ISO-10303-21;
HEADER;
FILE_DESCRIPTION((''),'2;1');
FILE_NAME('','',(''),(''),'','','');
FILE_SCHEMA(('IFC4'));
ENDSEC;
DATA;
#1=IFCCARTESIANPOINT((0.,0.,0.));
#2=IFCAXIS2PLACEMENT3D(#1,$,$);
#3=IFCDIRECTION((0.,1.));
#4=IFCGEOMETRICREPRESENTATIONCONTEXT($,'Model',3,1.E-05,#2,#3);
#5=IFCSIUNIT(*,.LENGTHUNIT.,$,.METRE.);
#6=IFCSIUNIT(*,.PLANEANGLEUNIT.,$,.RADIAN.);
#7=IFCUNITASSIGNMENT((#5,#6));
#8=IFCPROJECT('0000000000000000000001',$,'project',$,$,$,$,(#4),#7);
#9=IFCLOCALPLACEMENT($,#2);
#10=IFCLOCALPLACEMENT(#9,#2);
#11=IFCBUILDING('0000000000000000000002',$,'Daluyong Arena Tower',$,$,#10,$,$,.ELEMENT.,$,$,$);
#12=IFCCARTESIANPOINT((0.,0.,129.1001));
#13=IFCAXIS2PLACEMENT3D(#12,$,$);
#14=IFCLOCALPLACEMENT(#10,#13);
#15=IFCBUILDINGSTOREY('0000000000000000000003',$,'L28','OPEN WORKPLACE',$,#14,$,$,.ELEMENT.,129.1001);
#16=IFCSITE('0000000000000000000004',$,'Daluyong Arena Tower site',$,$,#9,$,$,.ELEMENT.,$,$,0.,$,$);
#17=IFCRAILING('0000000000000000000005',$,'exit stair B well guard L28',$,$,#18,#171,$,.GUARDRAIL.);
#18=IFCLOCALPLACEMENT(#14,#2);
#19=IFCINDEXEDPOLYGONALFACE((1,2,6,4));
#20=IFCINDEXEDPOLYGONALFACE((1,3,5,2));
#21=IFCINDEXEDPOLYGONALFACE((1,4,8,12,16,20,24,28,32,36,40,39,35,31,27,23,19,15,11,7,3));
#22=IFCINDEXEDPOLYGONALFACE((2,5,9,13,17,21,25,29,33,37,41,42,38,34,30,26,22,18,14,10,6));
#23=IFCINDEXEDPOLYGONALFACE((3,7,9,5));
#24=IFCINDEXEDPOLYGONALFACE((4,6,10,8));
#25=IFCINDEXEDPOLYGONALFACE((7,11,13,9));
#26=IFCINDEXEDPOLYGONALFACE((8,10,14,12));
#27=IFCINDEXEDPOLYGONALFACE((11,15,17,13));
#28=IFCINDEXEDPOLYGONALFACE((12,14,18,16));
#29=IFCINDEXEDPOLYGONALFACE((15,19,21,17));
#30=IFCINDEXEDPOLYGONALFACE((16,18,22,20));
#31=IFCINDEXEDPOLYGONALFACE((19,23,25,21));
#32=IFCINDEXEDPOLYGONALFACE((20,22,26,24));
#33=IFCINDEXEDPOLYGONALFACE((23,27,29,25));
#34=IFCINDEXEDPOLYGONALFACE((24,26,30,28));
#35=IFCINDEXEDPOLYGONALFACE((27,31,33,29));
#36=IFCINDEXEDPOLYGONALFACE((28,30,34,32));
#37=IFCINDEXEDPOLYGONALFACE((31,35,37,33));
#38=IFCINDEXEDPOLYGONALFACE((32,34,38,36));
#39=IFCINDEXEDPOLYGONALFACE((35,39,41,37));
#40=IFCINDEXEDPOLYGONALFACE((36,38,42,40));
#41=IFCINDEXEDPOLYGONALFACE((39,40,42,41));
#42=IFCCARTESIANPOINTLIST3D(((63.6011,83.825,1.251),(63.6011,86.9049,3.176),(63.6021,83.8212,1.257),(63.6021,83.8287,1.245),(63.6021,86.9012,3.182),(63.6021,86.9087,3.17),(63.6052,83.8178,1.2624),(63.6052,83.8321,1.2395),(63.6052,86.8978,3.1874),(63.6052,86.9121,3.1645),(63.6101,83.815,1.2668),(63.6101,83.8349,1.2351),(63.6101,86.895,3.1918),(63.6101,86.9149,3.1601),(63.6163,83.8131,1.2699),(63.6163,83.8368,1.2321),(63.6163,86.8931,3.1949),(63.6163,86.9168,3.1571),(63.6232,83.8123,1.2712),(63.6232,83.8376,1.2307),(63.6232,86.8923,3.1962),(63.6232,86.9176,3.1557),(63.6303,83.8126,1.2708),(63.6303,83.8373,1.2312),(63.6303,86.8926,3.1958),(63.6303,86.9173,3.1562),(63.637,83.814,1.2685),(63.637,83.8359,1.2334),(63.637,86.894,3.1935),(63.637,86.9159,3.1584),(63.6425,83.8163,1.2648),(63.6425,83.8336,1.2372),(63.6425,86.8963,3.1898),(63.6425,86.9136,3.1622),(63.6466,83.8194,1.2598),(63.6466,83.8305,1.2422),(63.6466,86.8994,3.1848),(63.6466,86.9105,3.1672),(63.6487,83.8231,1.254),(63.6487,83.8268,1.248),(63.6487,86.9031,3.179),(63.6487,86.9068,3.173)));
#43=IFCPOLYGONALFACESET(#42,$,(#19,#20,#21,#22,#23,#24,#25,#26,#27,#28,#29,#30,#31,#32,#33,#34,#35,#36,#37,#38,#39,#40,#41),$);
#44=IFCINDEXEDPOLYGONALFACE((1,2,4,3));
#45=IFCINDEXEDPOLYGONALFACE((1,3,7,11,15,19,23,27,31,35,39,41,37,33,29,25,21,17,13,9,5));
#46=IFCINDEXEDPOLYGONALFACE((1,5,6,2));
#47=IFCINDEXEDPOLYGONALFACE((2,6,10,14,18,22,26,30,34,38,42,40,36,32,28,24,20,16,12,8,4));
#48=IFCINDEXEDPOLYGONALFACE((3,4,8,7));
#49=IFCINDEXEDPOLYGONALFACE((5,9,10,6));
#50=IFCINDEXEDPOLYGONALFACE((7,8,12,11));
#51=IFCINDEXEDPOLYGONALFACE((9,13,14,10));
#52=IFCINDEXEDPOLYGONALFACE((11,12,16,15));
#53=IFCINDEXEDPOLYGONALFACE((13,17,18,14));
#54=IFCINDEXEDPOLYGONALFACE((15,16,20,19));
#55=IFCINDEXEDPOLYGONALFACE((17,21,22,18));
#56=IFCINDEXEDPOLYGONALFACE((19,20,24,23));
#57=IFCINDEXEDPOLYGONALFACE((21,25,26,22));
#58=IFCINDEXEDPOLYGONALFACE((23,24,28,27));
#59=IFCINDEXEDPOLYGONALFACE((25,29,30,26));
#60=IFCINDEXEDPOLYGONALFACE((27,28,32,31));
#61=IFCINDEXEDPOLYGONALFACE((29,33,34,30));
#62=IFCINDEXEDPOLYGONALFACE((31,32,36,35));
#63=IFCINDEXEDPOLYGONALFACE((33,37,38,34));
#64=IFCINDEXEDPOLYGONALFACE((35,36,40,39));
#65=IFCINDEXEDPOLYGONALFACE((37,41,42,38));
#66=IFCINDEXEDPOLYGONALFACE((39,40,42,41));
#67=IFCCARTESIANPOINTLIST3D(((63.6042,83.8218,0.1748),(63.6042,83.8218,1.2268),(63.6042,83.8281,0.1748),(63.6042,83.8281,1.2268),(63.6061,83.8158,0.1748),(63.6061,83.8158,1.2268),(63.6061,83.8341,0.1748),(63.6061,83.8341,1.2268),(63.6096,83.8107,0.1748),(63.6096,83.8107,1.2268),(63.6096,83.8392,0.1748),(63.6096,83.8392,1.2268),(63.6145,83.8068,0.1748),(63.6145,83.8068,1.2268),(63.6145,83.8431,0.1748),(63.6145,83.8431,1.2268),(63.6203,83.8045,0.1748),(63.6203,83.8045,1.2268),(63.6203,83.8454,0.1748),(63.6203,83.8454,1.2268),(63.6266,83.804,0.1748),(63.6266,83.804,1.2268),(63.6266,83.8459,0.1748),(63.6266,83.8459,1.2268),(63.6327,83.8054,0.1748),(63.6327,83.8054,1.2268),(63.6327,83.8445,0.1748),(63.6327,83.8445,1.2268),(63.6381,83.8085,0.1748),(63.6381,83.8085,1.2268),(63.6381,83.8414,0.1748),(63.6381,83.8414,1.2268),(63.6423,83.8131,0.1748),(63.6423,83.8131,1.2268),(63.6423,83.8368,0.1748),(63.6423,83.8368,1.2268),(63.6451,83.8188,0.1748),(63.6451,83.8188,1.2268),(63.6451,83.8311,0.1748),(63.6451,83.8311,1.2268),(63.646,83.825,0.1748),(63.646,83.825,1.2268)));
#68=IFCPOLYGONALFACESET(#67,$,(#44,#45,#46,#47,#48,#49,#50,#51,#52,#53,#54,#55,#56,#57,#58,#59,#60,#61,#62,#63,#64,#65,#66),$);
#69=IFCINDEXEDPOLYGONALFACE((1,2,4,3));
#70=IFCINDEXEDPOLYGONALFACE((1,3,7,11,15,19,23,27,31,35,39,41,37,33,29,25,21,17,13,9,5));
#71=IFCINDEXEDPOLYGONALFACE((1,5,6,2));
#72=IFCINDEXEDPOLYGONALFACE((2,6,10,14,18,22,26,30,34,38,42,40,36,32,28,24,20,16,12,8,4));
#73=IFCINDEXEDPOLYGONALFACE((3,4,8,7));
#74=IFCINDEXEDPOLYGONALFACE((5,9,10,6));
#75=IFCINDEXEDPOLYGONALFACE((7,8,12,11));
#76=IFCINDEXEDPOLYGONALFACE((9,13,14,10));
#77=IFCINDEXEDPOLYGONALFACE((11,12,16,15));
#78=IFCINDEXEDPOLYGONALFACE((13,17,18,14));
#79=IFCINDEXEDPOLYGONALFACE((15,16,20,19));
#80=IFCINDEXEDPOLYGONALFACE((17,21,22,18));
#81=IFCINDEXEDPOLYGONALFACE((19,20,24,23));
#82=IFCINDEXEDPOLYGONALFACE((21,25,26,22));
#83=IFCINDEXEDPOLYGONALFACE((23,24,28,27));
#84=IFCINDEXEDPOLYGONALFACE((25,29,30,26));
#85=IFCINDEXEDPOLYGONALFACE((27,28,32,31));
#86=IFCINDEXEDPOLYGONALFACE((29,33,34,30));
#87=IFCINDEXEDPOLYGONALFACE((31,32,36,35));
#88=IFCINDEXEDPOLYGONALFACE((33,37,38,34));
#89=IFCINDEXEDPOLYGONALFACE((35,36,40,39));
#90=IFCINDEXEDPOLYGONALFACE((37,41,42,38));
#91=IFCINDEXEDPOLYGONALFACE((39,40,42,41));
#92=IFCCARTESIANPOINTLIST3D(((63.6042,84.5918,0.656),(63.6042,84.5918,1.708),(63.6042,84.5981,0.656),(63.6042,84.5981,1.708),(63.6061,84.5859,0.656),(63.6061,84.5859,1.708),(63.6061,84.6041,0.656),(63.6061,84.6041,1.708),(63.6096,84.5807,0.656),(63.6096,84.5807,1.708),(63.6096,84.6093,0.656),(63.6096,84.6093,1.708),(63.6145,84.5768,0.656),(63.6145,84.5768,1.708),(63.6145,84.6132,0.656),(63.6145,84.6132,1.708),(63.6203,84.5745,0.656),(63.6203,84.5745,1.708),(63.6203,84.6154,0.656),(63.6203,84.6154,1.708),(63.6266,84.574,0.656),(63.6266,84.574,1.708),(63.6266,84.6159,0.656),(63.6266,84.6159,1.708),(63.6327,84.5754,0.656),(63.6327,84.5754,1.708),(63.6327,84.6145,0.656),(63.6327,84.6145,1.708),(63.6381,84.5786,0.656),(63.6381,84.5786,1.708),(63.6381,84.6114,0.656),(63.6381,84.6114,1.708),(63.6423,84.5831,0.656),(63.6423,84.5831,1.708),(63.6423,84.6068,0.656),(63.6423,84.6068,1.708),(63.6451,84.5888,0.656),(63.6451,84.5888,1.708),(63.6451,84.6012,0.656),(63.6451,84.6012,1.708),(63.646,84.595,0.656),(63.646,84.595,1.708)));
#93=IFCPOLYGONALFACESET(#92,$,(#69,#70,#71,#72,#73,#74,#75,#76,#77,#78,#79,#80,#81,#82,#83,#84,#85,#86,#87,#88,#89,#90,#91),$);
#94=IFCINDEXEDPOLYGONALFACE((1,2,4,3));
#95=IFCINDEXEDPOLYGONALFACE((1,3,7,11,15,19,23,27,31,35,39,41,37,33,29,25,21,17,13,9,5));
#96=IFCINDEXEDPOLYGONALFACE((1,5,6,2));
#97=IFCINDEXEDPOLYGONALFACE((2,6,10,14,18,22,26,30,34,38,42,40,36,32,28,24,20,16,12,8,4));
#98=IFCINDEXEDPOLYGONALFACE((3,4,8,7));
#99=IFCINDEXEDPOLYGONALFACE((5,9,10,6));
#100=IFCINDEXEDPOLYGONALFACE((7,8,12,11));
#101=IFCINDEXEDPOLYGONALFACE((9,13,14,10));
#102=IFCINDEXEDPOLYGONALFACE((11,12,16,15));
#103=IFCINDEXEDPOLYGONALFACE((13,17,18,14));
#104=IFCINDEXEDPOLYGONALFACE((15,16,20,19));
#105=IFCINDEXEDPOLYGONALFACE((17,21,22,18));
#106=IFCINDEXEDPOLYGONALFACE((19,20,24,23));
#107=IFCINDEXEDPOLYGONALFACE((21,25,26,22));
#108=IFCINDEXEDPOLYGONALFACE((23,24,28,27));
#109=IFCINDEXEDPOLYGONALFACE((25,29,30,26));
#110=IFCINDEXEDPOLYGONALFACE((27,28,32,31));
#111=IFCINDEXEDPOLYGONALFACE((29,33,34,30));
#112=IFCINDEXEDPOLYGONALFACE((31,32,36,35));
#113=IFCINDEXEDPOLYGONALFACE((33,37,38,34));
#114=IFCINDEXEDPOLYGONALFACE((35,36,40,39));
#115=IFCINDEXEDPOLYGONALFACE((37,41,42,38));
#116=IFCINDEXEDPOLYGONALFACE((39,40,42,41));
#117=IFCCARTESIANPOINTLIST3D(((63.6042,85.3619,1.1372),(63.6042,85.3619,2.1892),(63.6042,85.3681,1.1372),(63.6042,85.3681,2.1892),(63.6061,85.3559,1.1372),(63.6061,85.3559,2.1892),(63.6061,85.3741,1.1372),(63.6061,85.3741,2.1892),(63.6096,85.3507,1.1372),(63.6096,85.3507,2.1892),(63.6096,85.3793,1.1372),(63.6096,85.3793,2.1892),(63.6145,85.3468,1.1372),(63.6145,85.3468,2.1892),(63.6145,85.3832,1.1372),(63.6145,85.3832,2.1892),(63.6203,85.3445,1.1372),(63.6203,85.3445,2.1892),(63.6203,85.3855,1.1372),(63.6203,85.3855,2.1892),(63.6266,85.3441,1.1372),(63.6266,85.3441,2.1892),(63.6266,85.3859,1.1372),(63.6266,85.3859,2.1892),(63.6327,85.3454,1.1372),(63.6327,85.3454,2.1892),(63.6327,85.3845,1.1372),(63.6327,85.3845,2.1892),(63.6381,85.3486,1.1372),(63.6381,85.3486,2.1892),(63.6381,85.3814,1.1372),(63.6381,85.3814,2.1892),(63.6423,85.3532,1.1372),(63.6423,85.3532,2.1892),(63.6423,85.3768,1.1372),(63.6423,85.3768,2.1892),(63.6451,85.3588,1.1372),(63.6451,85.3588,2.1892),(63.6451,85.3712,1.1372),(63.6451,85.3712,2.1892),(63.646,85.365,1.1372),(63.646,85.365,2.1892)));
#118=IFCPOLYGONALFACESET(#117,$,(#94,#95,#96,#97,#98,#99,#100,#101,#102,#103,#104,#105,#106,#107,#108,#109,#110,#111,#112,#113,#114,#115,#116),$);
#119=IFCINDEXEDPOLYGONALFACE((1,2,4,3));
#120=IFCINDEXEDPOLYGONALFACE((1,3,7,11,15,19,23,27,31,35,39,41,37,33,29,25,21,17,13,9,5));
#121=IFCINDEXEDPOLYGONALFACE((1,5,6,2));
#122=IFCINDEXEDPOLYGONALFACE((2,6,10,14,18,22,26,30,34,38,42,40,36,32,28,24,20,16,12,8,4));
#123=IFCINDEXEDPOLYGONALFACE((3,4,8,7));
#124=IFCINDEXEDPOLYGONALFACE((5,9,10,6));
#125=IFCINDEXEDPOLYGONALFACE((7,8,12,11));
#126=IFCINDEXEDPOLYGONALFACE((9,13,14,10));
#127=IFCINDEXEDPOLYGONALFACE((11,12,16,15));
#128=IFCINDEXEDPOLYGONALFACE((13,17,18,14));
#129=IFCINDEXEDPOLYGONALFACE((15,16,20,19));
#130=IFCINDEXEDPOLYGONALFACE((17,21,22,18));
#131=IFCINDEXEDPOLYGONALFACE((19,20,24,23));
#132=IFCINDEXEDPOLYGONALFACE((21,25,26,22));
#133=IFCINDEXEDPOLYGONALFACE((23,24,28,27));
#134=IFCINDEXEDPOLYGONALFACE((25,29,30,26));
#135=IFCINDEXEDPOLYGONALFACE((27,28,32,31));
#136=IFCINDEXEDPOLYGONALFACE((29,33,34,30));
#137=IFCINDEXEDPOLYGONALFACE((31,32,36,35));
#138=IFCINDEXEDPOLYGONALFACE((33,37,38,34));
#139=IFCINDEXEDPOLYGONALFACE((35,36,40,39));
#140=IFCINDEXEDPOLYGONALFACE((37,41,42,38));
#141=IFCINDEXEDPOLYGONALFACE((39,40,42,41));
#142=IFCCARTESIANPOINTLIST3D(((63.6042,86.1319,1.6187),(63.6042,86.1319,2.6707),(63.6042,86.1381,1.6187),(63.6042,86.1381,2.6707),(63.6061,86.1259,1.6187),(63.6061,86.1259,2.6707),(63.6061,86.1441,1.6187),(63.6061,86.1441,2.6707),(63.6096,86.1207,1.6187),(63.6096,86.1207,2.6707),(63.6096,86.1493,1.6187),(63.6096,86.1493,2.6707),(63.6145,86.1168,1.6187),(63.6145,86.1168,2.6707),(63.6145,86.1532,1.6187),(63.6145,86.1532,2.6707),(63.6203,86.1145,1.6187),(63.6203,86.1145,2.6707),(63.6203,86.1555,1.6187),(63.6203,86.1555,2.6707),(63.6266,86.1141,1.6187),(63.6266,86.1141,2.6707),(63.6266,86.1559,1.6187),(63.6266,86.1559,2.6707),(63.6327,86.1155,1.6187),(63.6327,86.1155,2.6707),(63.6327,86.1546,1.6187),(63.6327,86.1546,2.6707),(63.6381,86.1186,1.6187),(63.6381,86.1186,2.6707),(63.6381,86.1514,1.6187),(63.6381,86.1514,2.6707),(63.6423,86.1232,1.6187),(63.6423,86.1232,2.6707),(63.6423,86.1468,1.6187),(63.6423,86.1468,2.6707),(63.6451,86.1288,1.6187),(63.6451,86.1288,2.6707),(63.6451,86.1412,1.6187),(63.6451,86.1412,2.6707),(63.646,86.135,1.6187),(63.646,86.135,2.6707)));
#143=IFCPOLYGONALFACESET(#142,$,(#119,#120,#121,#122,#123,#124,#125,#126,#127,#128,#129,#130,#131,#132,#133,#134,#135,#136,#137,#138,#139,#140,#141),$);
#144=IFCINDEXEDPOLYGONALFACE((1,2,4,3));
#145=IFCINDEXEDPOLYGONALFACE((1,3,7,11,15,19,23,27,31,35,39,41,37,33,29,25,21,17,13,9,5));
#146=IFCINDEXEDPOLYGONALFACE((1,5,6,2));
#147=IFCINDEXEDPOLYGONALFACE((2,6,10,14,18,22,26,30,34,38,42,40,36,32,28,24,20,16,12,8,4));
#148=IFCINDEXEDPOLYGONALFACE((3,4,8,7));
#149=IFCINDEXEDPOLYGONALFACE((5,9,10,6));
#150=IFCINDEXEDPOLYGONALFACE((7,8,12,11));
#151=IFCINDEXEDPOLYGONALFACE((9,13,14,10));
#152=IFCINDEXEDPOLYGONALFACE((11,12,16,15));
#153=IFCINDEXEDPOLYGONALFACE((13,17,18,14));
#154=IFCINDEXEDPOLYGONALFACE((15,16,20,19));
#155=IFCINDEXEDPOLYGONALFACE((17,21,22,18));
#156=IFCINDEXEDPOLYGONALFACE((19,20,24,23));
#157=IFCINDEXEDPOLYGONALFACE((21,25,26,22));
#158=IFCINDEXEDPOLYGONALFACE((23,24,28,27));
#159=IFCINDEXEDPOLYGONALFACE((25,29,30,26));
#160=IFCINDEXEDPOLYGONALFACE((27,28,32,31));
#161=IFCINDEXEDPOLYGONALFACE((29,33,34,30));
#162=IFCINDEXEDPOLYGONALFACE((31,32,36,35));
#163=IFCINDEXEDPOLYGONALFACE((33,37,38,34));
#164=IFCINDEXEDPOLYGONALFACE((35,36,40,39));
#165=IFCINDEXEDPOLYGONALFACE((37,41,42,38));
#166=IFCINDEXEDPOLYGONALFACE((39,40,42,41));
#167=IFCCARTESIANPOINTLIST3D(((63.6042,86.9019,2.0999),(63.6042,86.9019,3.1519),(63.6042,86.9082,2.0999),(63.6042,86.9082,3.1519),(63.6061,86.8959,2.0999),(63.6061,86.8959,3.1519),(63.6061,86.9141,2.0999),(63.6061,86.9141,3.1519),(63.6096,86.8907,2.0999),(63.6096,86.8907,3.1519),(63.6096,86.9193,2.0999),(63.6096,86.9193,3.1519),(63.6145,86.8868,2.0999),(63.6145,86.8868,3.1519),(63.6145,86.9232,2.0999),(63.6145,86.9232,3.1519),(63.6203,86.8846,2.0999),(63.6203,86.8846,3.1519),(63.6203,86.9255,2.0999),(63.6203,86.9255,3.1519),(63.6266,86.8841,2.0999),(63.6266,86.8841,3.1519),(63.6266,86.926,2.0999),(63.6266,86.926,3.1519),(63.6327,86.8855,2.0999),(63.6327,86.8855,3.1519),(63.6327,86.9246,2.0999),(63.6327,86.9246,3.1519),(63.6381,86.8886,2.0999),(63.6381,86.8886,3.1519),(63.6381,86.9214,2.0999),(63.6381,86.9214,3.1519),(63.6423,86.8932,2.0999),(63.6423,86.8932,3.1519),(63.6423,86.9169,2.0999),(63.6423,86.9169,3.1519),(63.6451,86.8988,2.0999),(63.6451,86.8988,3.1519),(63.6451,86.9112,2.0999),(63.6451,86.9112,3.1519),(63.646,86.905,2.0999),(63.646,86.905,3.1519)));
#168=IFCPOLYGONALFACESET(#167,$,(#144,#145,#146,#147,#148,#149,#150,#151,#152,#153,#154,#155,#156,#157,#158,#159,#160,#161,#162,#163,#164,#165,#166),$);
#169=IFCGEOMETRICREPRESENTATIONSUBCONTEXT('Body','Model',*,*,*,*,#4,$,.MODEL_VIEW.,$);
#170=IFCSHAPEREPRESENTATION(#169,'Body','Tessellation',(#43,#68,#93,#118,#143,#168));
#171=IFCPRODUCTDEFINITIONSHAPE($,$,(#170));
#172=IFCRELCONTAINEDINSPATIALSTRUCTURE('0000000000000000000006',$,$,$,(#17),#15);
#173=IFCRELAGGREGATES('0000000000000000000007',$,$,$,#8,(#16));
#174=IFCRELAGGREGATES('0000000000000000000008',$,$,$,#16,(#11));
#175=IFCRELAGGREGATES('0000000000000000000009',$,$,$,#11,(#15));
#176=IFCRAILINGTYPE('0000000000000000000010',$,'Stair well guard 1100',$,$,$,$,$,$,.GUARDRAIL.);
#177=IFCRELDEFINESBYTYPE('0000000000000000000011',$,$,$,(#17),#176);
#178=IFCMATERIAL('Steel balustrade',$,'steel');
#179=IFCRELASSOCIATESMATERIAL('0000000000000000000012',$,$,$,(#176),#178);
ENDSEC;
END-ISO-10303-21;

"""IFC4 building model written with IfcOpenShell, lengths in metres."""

from ifc_helpers import new_model, si_unit, direction, frame, origin, origin_2d, place, context, subcontext, project, spatial, circle, extrude, material, type_object, element, save


model = new_model("IFC4")

# Units and contexts
model_context = context("Model", 3, precision=1e-05, world=origin(), true_north=direction((0.0, 1.0)))
body_context = subcontext(model_context, "Body", "Model", "MODEL_VIEW")
ifc_project = project(units=[si_unit("LENGTHUNIT", "METRE"), si_unit("PLANEANGLEUNIT", "RADIAN")], contexts=[model_context])

# Site, building, storey
site_placement = place(None, origin())
site = spatial("IfcSite", under=ifc_project, at=site_placement, Name="Daluyong Arena Tower site", CompositionType="ELEMENT", RefElevation=0.0)
building_placement = place(site_placement, origin())
building = spatial("IfcBuilding", under=site, at=building_placement, Name="Daluyong Arena Tower", CompositionType="ELEMENT")
storey_placement = place(building_placement, frame((0.0, 0.0, 129.1001)))
storey = spatial("IfcBuildingStorey", under=building, at=storey_placement, Name="L28", Description="OPEN WORKPLACE", CompositionType="ELEMENT", Elevation=129.1001)

# Railing
ifc_material_1 = material(Name="Steel balustrade", Category="steel")
railing_type_1 = type_object("IfcRailingType", Name="Stair well guard 1100", PredefinedType="GUARDRAIL", material=ifc_material_1)
railing_1_placement = place(storey_placement, frame((63.625, 83.825, 0.1748)))
element("IfcRailing", 1, at=railing_1_placement, inside=storey, type_object=railing_type_1, Name="exit stair B well guard L28", PredefinedType="GUARDRAIL", context=body_context, shape_type="SweptSolid", body=[
    extrude(circle(Radius=0.0239, at=origin_2d()), frame((0.0, 0.0, 1.0762), z_axis=(0.0, 0.847998, 0.529999), x_axis=(-1.0, 0.0, 0.0)), (0.0, 0.0, 1.0), 3.6321),
    extrude(circle(Radius=0.021, at=origin_2d()), origin(), (0.0, 0.0, 1.0), 1.052),
    extrude(circle(Radius=0.021, at=origin_2d()), frame((0.0, 0.77, 0.4812)), (0.0, 0.0, 1.0), 1.052),
    extrude(circle(Radius=0.021, at=origin_2d()), frame((0.0, 1.54, 0.9624)), (0.0, 0.0, 1.0), 1.052),
    extrude(circle(Radius=0.021, at=origin_2d()), frame((0.0, 2.3101, 1.4438)), (0.0, 0.0, 1.0), 1.052),
    extrude(circle(Radius=0.021, at=origin_2d()), frame((0.0, 3.0801, 1.925)), (0.0, 0.0, 1.0), 1.052),
])

save(model, "model.ifc")
